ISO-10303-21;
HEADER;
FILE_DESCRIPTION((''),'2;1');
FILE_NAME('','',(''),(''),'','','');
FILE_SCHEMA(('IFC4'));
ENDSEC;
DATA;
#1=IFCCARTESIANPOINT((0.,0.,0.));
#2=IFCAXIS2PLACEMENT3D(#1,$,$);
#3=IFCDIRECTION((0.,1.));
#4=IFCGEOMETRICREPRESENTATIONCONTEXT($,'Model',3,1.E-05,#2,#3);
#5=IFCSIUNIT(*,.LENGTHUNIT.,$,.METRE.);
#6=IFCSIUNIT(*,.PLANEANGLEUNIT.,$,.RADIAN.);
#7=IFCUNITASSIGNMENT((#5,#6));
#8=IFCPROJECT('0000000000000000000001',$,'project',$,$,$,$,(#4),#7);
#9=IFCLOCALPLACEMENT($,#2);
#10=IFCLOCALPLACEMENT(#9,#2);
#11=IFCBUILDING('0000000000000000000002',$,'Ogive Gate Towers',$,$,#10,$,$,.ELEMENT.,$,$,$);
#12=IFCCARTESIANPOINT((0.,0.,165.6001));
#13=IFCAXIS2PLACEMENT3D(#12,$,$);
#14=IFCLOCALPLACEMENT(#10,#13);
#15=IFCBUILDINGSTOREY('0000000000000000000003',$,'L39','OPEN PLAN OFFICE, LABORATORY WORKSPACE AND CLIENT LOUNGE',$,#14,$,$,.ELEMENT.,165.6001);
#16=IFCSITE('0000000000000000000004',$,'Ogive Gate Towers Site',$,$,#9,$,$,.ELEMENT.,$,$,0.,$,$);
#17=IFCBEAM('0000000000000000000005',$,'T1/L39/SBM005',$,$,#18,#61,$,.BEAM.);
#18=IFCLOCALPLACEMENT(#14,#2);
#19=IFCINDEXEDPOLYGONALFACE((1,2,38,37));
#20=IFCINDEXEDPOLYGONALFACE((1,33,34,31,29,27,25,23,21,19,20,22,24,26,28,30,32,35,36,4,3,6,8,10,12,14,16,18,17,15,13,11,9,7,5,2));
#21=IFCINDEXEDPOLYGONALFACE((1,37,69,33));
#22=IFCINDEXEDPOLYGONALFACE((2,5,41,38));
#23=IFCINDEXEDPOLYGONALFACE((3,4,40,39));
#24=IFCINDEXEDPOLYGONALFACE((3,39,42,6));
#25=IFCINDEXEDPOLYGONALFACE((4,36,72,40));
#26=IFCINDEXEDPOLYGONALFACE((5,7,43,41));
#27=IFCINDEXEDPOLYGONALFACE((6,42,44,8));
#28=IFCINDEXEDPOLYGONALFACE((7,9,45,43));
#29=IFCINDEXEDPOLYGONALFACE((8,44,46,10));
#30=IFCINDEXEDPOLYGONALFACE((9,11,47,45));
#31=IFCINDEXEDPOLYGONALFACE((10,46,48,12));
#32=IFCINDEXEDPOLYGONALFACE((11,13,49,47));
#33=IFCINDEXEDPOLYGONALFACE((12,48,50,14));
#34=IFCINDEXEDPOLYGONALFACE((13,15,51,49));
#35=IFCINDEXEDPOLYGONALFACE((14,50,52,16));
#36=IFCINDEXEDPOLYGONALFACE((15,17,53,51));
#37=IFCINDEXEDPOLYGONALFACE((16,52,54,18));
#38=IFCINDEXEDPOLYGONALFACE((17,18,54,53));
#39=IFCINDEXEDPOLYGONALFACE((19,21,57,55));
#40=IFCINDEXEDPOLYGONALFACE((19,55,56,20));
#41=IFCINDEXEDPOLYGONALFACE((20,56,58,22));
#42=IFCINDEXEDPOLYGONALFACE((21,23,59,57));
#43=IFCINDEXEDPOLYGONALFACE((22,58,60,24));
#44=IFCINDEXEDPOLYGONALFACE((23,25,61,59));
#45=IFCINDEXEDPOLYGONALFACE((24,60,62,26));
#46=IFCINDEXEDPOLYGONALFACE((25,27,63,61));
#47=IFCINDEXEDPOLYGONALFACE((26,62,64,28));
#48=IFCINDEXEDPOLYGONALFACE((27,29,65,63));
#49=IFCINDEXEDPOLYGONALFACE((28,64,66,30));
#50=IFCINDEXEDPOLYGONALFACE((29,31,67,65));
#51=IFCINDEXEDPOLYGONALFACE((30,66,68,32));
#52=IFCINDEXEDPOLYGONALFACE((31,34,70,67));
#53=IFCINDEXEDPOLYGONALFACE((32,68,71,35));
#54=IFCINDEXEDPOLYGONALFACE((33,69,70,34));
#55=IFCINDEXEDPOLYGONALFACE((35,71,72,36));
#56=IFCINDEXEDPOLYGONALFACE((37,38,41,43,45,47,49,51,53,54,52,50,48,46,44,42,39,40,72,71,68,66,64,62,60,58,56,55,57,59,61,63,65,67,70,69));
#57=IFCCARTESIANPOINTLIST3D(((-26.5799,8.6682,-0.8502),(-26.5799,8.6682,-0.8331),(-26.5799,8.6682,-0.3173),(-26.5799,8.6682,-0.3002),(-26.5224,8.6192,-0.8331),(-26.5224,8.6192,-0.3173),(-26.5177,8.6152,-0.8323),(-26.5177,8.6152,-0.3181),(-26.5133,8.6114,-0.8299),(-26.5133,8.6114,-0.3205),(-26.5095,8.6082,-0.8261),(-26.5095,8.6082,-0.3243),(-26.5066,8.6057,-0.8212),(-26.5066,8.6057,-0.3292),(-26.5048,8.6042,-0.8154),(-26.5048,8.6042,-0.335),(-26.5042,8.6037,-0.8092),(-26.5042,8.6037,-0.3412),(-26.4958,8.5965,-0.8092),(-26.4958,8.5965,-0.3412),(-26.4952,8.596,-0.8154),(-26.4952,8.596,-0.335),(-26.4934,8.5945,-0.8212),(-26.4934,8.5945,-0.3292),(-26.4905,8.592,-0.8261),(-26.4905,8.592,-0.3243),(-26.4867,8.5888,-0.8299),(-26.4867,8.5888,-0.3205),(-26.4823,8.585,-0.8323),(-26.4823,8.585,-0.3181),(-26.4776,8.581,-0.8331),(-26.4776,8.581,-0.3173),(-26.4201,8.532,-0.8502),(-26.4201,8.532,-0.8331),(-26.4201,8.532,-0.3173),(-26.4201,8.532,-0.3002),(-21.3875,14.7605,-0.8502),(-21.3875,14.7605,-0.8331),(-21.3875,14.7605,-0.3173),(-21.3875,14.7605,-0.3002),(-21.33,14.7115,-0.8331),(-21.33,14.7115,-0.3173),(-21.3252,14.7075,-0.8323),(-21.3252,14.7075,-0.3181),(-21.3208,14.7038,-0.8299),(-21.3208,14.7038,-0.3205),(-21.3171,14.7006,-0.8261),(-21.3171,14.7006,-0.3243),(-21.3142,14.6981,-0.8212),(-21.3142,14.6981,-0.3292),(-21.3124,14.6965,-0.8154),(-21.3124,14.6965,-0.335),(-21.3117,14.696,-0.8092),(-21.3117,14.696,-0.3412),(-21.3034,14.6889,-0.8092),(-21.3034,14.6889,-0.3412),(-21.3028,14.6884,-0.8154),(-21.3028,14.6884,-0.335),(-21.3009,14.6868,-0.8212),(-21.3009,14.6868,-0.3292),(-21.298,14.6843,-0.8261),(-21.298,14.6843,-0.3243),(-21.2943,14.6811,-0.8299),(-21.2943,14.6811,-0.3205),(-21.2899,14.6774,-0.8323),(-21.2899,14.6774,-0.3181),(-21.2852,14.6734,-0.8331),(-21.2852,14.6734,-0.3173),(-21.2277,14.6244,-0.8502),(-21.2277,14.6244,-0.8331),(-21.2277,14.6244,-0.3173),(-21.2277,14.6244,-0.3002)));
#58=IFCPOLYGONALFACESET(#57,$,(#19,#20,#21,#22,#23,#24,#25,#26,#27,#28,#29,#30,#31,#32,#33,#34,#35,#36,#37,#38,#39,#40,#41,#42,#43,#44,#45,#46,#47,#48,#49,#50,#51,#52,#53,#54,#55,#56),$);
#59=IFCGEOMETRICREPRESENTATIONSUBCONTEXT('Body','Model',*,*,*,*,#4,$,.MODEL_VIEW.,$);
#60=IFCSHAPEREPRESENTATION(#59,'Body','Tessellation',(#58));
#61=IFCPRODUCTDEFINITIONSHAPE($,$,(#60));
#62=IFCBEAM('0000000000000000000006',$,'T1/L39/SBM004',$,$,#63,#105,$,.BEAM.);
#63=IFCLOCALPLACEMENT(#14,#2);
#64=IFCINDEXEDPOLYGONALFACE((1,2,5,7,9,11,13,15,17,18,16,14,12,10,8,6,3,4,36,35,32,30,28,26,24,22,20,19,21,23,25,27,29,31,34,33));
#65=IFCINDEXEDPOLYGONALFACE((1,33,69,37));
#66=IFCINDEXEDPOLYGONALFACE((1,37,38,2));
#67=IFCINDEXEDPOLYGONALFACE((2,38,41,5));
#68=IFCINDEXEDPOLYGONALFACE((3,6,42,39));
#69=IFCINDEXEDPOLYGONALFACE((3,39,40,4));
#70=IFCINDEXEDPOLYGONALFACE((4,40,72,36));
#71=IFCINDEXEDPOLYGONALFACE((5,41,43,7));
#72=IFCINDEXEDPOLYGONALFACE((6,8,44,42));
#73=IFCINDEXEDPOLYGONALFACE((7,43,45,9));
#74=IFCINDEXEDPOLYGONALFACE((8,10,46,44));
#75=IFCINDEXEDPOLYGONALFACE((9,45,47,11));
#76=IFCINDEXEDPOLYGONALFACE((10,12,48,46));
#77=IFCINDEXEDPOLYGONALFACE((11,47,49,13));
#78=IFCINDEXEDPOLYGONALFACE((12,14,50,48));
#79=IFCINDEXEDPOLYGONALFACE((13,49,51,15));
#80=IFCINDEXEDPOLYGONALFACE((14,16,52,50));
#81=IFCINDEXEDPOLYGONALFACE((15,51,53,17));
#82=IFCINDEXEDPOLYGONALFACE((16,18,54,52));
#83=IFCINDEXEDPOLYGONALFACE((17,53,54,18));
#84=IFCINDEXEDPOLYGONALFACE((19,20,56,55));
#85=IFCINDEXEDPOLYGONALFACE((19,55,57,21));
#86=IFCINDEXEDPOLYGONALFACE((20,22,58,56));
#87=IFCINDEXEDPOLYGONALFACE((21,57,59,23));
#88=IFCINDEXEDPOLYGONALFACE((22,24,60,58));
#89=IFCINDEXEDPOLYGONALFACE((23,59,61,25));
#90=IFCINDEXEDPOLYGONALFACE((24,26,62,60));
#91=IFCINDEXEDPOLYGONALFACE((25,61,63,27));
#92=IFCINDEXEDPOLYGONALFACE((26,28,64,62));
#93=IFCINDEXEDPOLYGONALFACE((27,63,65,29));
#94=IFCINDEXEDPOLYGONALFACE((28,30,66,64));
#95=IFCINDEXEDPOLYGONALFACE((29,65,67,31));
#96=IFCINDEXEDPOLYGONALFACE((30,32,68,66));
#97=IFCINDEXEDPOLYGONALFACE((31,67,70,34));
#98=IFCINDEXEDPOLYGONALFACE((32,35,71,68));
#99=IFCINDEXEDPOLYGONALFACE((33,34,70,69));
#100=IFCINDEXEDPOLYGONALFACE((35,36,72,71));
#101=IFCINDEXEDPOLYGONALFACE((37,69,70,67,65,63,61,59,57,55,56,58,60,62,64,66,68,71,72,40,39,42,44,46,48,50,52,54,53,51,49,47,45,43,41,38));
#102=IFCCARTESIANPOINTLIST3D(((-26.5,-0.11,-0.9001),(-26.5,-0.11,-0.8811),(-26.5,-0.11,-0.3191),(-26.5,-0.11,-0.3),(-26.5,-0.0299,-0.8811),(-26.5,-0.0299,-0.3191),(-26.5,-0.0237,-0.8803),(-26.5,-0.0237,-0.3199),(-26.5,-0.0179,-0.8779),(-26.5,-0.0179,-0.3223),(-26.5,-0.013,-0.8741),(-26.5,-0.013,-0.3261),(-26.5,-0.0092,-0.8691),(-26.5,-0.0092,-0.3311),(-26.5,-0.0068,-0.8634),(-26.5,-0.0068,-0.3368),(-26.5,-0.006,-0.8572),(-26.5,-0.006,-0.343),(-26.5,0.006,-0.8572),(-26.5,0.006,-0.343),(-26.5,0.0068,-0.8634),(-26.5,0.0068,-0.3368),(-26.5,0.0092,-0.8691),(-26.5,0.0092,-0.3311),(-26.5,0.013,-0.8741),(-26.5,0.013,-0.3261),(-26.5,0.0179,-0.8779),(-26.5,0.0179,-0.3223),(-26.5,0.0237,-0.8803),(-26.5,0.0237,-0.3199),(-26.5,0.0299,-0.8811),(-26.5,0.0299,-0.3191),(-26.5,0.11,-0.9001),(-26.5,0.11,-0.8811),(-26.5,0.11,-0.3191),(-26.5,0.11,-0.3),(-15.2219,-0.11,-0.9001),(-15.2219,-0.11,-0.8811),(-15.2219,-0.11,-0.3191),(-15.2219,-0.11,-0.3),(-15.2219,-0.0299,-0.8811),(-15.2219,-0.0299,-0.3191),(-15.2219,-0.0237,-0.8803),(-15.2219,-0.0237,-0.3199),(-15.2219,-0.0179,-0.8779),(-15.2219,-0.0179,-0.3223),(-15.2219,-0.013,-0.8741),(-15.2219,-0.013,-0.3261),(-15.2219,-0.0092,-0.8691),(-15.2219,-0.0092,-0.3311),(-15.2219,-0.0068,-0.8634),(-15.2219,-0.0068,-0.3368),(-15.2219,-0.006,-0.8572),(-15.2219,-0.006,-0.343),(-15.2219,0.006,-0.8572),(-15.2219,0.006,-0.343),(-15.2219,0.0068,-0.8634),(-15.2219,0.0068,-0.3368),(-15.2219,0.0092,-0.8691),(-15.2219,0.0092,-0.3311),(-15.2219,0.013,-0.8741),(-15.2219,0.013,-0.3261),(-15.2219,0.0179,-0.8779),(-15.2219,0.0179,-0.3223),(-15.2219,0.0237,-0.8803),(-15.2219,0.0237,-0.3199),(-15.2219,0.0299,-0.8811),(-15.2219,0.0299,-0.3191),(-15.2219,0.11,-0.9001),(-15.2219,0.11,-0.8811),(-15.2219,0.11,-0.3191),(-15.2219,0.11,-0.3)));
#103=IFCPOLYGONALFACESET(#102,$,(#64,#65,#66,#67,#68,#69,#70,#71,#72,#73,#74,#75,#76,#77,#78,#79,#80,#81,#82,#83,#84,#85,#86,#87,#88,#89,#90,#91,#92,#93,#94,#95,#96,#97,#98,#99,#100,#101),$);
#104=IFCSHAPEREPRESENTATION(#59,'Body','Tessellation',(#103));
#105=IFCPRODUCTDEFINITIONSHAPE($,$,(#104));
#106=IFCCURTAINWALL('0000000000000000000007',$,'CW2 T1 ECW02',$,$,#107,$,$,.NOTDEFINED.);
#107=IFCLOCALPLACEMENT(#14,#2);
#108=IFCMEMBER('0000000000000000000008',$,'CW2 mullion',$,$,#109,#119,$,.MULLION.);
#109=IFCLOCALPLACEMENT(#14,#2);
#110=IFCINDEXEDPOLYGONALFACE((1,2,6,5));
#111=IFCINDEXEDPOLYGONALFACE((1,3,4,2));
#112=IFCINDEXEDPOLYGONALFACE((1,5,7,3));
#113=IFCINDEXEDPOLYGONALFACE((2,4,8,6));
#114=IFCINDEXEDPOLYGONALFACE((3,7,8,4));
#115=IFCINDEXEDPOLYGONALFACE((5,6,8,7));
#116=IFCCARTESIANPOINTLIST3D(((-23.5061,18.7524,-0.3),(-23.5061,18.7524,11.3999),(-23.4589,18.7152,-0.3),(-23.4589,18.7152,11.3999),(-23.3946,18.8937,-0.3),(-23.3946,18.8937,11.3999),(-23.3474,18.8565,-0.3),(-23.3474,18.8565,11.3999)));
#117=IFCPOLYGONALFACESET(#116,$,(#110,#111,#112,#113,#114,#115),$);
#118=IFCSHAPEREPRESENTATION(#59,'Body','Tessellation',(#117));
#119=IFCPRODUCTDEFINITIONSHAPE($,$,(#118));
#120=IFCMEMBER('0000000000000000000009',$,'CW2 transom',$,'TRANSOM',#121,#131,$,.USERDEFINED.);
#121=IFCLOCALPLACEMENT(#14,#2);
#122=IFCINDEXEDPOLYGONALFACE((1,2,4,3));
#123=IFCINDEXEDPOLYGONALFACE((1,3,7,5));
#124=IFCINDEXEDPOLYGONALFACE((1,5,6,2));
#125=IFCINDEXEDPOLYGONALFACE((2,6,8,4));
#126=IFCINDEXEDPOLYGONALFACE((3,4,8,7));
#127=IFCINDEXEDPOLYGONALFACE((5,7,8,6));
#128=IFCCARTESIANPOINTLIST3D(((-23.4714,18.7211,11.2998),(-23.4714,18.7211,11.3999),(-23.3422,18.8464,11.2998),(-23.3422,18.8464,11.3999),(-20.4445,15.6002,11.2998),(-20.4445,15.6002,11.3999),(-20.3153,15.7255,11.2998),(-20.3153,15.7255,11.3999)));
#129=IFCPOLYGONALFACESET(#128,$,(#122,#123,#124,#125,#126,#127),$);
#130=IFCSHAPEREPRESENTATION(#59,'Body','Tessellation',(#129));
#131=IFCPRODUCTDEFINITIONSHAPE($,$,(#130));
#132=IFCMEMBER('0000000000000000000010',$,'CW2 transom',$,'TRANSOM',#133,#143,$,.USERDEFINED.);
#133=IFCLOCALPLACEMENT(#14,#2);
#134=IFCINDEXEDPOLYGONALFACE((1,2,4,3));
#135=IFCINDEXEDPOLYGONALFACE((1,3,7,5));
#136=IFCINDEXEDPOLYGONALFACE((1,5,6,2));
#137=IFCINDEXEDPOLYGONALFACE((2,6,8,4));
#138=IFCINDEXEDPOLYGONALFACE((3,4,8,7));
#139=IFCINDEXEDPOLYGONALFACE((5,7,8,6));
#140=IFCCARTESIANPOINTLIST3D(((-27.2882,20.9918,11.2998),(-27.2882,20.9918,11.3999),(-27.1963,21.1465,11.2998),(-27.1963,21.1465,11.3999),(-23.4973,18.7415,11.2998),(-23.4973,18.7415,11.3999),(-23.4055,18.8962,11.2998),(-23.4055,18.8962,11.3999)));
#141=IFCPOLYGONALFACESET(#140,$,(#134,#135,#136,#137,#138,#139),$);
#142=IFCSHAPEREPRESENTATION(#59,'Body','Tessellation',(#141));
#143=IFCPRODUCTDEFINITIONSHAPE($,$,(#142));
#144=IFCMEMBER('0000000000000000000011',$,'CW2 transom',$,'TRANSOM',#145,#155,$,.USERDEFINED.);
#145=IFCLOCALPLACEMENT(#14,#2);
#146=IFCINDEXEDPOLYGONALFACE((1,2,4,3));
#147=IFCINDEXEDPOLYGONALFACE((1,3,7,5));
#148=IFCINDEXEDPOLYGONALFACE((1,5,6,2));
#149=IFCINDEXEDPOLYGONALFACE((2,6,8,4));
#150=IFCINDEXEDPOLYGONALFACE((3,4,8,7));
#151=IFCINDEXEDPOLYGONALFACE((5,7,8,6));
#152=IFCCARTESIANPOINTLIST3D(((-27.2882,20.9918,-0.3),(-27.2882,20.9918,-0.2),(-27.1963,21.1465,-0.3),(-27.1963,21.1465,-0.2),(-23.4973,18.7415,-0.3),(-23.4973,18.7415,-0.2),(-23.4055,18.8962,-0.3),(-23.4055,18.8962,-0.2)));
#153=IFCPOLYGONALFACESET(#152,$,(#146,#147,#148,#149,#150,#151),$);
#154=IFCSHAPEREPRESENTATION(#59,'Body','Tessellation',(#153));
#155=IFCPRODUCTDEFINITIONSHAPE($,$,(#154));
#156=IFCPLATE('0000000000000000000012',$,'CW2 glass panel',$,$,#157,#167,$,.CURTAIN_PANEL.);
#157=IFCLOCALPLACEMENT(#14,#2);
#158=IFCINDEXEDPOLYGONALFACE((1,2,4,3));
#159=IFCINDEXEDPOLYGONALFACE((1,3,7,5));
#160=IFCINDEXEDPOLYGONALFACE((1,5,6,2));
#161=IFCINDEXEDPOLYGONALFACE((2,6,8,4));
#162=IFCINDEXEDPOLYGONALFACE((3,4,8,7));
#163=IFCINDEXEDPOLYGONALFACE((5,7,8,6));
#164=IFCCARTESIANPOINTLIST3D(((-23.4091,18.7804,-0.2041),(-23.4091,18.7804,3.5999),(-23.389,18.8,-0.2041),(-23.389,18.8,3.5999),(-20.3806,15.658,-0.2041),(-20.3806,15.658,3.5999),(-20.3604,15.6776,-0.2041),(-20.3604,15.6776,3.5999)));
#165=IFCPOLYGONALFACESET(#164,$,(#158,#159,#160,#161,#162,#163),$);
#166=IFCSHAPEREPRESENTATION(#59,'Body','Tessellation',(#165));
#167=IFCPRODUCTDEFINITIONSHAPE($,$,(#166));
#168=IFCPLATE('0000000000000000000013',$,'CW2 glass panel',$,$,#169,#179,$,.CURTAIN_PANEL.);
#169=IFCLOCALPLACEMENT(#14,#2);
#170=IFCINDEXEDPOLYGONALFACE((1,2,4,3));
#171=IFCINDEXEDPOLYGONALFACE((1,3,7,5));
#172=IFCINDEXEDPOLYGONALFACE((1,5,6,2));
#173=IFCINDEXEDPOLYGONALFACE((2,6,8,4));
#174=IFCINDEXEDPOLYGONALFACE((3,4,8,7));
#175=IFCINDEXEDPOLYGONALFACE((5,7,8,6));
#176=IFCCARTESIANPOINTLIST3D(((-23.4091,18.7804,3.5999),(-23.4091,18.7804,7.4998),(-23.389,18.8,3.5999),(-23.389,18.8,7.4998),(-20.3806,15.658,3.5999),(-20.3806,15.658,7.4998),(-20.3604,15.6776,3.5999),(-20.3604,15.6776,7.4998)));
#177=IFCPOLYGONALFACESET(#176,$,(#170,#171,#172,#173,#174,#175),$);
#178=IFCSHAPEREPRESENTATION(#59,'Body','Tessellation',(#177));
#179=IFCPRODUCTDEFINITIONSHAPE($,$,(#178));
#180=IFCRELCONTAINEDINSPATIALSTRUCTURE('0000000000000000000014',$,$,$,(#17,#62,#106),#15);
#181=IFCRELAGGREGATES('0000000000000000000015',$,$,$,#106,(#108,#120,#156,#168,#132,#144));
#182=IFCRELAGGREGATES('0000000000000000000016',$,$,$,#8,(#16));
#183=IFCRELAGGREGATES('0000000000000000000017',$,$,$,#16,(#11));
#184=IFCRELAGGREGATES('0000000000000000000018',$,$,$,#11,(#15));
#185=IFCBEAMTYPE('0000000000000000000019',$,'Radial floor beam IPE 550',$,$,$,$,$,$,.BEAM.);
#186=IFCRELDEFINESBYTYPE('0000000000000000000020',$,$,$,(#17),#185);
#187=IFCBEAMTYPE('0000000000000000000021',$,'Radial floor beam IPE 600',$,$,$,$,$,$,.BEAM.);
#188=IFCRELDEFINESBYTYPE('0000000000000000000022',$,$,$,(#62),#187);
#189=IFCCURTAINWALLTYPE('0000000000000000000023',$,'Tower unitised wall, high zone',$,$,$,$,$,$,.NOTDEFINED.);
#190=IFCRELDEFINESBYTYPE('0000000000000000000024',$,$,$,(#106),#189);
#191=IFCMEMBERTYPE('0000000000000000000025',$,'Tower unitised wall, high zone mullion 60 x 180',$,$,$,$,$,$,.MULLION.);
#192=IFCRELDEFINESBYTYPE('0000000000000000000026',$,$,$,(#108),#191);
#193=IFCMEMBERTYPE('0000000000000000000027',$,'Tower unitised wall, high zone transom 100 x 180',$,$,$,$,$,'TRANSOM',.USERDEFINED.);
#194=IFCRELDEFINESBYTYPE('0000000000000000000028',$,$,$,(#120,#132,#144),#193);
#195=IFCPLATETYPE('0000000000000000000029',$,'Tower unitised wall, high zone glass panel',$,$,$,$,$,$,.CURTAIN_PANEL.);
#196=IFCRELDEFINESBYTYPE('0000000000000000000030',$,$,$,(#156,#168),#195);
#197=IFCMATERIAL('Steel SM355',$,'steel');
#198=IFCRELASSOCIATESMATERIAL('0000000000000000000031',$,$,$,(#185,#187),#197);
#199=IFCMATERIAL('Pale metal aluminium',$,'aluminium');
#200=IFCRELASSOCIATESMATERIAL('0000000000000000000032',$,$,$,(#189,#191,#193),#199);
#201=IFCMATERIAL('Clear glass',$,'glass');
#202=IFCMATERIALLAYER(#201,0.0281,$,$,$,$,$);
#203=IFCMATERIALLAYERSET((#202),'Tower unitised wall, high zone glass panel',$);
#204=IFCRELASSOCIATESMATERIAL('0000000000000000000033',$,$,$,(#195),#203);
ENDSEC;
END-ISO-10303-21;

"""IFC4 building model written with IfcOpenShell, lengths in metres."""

from ifc_helpers import new_model, si_unit, direction, frame, origin, origin_2d, place, context, subcontext, project, spatial, rectangle, i_section, extrude, material, layer, layer_set, material_profile, profile_set, type_object, element, aggregate, save


model = new_model("IFC4")

# Units and contexts
model_context = context("Model", 3, precision=1e-05, world=origin(), true_north=direction((0.0, 1.0)))
body_context = subcontext(model_context, "Body", "Model", "MODEL_VIEW")
ifc_project = project(units=[si_unit("LENGTHUNIT", "METRE"), si_unit("PLANEANGLEUNIT", "RADIAN")], contexts=[model_context])

# Site, building, storey
site_placement = place(None, origin())
site = spatial("IfcSite", under=ifc_project, at=site_placement, Name="Ogive Gate Towers Site", CompositionType="ELEMENT", RefElevation=0.0)
building_placement = place(site_placement, origin())
building = spatial("IfcBuilding", under=site, at=building_placement, Name="Ogive Gate Towers", CompositionType="ELEMENT")
storey_placement = place(building_placement, frame((0.0, 0.0, 165.6001)))
storey = spatial("IfcBuildingStorey", under=building, at=storey_placement, Name="L39", Description="OPEN PLAN OFFICE, LABORATORY WORKSPACE AND CLIENT LOUNGE", CompositionType="ELEMENT", Elevation=165.6001)

# Beams
ifc_material_1 = material(Name="Steel SM355", Category="steel")
ifc_material_profile_1 = material_profile(ifc_material_1, i_section(OverallWidth=0.21, OverallDepth=0.55, WebThickness=0.011, FlangeThickness=0.0171, FilletRadius=0.0239, at=origin_2d()), Name="IPE 550")
ifc_profile_set_1 = profile_set([ifc_material_profile_1], Name="Steel SM355")
beam_type_1 = type_object("IfcBeamType", Name="Radial floor beam IPE 550", PredefinedType="BEAM", material=ifc_profile_set_1)
beam_1_placement = place(storey_placement, frame((-26.5, 8.6001, -0.5752), z_axis=(0.648659, 0.761079, 0.0), x_axis=(-0.761079, 0.648659, 0.0)))
element("IfcBeam", 1, at=beam_1_placement, inside=storey, type_object=beam_type_1, Name="T1/L39/SBM005", PredefinedType="BEAM", context=body_context, shape_type="SweptSolid", body=[
    extrude(i_section(OverallWidth=0.21, OverallDepth=0.55, WebThickness=0.011, FlangeThickness=0.0171, FilletRadius=0.0239, at=origin_2d()), origin(), (0.0, 0.0, 1.0), 8.0049),
])
ifc_material_profile_2 = material_profile(ifc_material_1, i_section(OverallWidth=0.22, OverallDepth=0.6001, WebThickness=0.012, FlangeThickness=0.019, FilletRadius=0.0239, at=origin_2d()), Name="IPE 600")
ifc_profile_set_2 = profile_set([ifc_material_profile_2], Name="Steel SM355")
beam_type_2 = type_object("IfcBeamType", Name="Radial floor beam IPE 600", PredefinedType="BEAM", material=ifc_profile_set_2)
beam_2_placement = place(storey_placement, frame((-26.5, 0.0, -0.6001), z_axis=(1.0, 0.0, 0.0), x_axis=(0.0, 1.0, 0.0)))
element("IfcBeam", 2, at=beam_2_placement, inside=storey, type_object=beam_type_2, Name="T1/L39/SBM004", PredefinedType="BEAM", context=body_context, shape_type="SweptSolid", body=[
    extrude(i_section(OverallWidth=0.22, OverallDepth=0.6001, WebThickness=0.012, FlangeThickness=0.019, FilletRadius=0.0239, at=origin_2d()), origin(), (0.0, 0.0, 1.0), 11.2781),
])

# Curtain wall, members, plates
ifc_material_2 = material(Name="Pale metal aluminium", Category="aluminium")
curtain_wall_type = type_object("IfcCurtainWallType", Name="Tower unitised wall, high zone", PredefinedType="NOTDEFINED", material=ifc_material_2)
curtain_wall_placement = place(storey_placement, origin())
curtain_wall = element("IfcCurtainWall", 3, at=curtain_wall_placement, inside=storey, type_object=curtain_wall_type, Name="CW2 T1 ECW02", PredefinedType="NOTDEFINED")
ifc_material_profile_3 = material_profile(ifc_material_2, rectangle(XDim=0.1799, YDim=0.0601, at=origin_2d()), Name="60 x 180 aluminium box")
ifc_profile_set_3 = profile_set([ifc_material_profile_3], Name="Pale metal aluminium")
member_type_1 = type_object("IfcMemberType", Name="Tower unitised wall, high zone mullion 60 x 180", PredefinedType="MULLION", material=ifc_profile_set_3)
member_1_placement = place(storey_placement, frame((-23.4268, 18.8044, -0.3), z_axis=(0.0, 0.0, 1.0), x_axis=(0.61956, 0.784949, 0.0)))
member_1 = element("IfcMember", 4, at=member_1_placement, type_object=member_type_1, Name="CW2 mullion", PredefinedType="MULLION", context=body_context, shape_type="SweptSolid", body=[
    extrude(rectangle(XDim=0.1799, YDim=0.0601, at=origin_2d()), origin(), (0.0, 0.0, 1.0), 11.7),
])
ifc_material_profile_4 = material_profile(ifc_material_2, rectangle(XDim=0.1799, YDim=0.1001, at=origin_2d()), Name="100 x 180 aluminium box")
ifc_profile_set_4 = profile_set([ifc_material_profile_4], Name="Pale metal aluminium")
member_type_2 = type_object("IfcMemberType", Name="Tower unitised wall, high zone transom 100 x 180", ElementType="TRANSOM", PredefinedType="USERDEFINED", material=ifc_profile_set_4)
member_2_placement = place(storey_placement, frame((-20.3799, 15.6628, 11.3499), z_axis=(-0.696214, 0.717834, 0.0), x_axis=(-0.717834, -0.696214, 0.0)))
member_2 = element("IfcMember", 5, at=member_2_placement, type_object=member_type_2, Name="CW2 transom", ObjectType="TRANSOM", PredefinedType="USERDEFINED", context=body_context, shape_type="SweptSolid", body=[
    extrude(rectangle(XDim=0.1799, YDim=0.1001, at=origin_2d()), origin(), (0.0, 0.0, 1.0), 4.3477),
])
member_3_placement = place(storey_placement, frame((-23.4514, 18.8188, 11.3499), z_axis=(-0.859907, 0.51045, 0.0), x_axis=(-0.51045, -0.859907, 0.0)))
member_3 = element("IfcMember", 6, at=member_3_placement, type_object=member_type_2, Name="CW2 transom", ObjectType="TRANSOM", PredefinedType="USERDEFINED", context=body_context, shape_type="SweptSolid", body=[
    extrude(rectangle(XDim=0.1799, YDim=0.1001, at=origin_2d()), origin(), (0.0, 0.0, 1.0), 4.4084),
])
member_4_placement = place(storey_placement, frame((-23.4514, 18.8188, -0.25), z_axis=(-0.859907, 0.51045, 0.0), x_axis=(-0.51045, -0.859907, 0.0)))
member_4 = element("IfcMember", 7, at=member_4_placement, type_object=member_type_2, Name="CW2 transom", ObjectType="TRANSOM", PredefinedType="USERDEFINED", context=body_context, shape_type="SweptSolid", body=[
    extrude(rectangle(XDim=0.1799, YDim=0.1001, at=origin_2d()), origin(), (0.0, 0.0, 1.0), 4.4084),
])
ifc_material_3 = material(Name="Clear glass", Category="glass")
ifc_layer_1 = layer(ifc_material_3, 0.0281)
ifc_layer_set_1 = layer_set([ifc_layer_1], Name="Tower unitised wall, high zone glass panel")
plate_type = type_object("IfcPlateType", Name="Tower unitised wall, high zone glass panel", PredefinedType="CURTAIN_PANEL", material=ifc_layer_set_1)
plate_1_placement = place(storey_placement, frame((-21.8848, 17.229, -0.2041), z_axis=(0.0, 0.0, 1.0), x_axis=(-0.696239, 0.71781, 0.0)))
plate_1 = element("IfcPlate", 8, at=plate_1_placement, type_object=plate_type, Name="CW2 glass panel", PredefinedType="CURTAIN_PANEL", context=body_context, shape_type="SweptSolid", body=[
    extrude(rectangle(XDim=4.3499, YDim=0.0281, at=origin_2d()), origin(), (0.0, 0.0, 1.0), 3.804),
])
plate_2_placement = place(storey_placement, frame((-21.8848, 17.229, 3.5999), z_axis=(0.0, 0.0, 1.0), x_axis=(-0.696239, 0.71781, 0.0)))
plate_2 = element("IfcPlate", 9, at=plate_2_placement, type_object=plate_type, Name="CW2 glass panel", PredefinedType="CURTAIN_PANEL", context=body_context, shape_type="SweptSolid", body=[
    extrude(rectangle(XDim=4.3499, YDim=0.0281, at=origin_2d()), origin(), (0.0, 0.0, 1.0), 3.8999),
])
aggregate(curtain_wall, [member_1, member_2, plate_1, plate_2, member_3, member_4])

save(model, "model.ifc")
